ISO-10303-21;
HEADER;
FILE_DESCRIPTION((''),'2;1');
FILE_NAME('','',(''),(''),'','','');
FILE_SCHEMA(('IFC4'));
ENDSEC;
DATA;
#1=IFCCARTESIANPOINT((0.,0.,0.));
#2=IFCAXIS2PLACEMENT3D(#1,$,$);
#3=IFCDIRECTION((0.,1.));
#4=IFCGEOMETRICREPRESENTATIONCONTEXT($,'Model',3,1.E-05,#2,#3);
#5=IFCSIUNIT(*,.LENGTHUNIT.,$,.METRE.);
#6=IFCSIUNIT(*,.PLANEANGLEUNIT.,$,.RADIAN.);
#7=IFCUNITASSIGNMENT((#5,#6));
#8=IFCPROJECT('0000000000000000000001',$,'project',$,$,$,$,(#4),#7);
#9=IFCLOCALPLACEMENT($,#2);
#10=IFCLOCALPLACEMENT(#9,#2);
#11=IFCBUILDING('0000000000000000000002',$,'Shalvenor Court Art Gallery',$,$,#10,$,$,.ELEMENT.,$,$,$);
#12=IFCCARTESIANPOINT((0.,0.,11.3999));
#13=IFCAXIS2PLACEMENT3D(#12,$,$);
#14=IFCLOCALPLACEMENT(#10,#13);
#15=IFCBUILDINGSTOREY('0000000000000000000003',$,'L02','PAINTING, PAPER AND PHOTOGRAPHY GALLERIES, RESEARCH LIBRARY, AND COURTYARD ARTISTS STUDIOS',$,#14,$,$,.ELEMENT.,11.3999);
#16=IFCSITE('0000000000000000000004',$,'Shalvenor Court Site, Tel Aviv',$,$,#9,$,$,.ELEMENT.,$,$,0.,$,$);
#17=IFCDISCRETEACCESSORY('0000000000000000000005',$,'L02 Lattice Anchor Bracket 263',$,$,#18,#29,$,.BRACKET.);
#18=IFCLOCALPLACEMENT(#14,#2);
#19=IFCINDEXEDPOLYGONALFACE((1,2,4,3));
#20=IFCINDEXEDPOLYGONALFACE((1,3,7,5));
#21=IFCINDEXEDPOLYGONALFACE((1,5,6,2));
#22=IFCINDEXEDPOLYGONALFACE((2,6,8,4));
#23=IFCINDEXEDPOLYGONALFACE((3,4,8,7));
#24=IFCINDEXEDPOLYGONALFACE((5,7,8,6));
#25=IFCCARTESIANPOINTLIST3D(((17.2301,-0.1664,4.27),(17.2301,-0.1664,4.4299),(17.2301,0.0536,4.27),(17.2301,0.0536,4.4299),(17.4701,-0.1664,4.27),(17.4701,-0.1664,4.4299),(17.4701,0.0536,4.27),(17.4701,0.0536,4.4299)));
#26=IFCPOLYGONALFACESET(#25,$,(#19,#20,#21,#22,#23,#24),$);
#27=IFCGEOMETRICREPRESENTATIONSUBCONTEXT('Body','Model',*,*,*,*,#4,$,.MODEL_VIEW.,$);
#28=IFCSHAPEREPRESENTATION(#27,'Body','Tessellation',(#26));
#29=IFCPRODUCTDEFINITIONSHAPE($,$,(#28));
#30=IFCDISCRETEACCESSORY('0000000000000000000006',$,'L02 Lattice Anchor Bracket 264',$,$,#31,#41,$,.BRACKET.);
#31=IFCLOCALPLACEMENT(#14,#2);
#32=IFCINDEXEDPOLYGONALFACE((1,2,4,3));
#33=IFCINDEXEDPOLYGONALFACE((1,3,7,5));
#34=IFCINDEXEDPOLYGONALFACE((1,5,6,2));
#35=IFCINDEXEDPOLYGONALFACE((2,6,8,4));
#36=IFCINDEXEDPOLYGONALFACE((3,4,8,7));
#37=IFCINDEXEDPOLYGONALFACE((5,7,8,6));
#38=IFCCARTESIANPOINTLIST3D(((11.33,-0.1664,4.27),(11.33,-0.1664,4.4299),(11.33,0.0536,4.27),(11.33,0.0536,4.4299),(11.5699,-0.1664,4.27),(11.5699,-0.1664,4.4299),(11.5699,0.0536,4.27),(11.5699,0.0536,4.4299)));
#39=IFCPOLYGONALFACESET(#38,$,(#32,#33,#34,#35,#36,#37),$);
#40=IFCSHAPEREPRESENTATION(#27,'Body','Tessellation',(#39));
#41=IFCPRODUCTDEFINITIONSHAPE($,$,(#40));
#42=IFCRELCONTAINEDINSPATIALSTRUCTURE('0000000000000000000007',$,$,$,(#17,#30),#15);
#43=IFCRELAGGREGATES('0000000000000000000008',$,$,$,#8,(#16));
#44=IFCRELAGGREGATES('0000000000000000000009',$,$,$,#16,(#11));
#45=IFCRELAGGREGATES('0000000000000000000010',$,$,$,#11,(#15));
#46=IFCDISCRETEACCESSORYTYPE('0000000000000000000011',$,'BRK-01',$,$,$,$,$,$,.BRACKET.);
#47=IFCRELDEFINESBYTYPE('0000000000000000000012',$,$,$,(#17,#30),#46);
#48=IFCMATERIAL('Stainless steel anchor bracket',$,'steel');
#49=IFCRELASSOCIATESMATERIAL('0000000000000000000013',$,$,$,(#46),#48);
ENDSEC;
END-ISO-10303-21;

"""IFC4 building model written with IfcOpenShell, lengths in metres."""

from ifc_helpers import new_model, si_unit, direction, frame, origin, origin_2d, place, context, subcontext, project, spatial, rectangle, extrude, material, type_object, element, save


model = new_model("IFC4")

# Units and contexts
model_context = context("Model", 3, precision=1e-05, world=origin(), true_north=direction((0.0, 1.0)))
body_context = subcontext(model_context, "Body", "Model", "MODEL_VIEW")
ifc_project = project(units=[si_unit("LENGTHUNIT", "METRE"), si_unit("PLANEANGLEUNIT", "RADIAN")], contexts=[model_context])

# Site, building, storey
site_placement = place(None, origin())
site = spatial("IfcSite", under=ifc_project, at=site_placement, Name="Shalvenor Court Site, Tel Aviv", CompositionType="ELEMENT", RefElevation=0.0)
building_placement = place(site_placement, origin())
building = spatial("IfcBuilding", under=site, at=building_placement, Name="Shalvenor Court Art Gallery", CompositionType="ELEMENT")
storey_placement = place(building_placement, frame((0.0, 0.0, 11.3999)))
storey = spatial("IfcBuildingStorey", under=building, at=storey_placement, Name="L02", Description="PAINTING, PAPER AND PHOTOGRAPHY GALLERIES, RESEARCH LIBRARY, AND COURTYARD ARTISTS STUDIOS", CompositionType="ELEMENT", Elevation=11.3999)

# Discrete accessories
ifc_material_1 = material(Name="Stainless steel anchor bracket", Category="steel")
discrete_accessory_type = type_object("IfcDiscreteAccessoryType", Name="BRK-01", PredefinedType="BRACKET", material=ifc_material_1)
for number, where, z_axis, x_axis, name in (
    (1, (17.3501, -0.0564, 4.27), (0.0, 0.0, 1.0), (-1.0, 0.0, 0.0), "L02 Lattice Anchor Bracket 263"),
    (2, (11.45, -0.0564, 4.27), (0.0, 0.0, 1.0), (-1.0, 0.0, 0.0), "L02 Lattice Anchor Bracket 264"),
):
    element("IfcDiscreteAccessory", number, at=place(storey_placement, frame(where, z_axis=z_axis, x_axis=x_axis)), inside=storey, type_object=discrete_accessory_type, Name=name, PredefinedType="BRACKET", context=body_context, shape_type="SweptSolid", body=[
        extrude(rectangle(XDim=0.24, YDim=0.22, at=origin_2d()), origin(), (0.0, 0.0, 1.0), 0.1599),
    ])

save(model, "model.ifc")
